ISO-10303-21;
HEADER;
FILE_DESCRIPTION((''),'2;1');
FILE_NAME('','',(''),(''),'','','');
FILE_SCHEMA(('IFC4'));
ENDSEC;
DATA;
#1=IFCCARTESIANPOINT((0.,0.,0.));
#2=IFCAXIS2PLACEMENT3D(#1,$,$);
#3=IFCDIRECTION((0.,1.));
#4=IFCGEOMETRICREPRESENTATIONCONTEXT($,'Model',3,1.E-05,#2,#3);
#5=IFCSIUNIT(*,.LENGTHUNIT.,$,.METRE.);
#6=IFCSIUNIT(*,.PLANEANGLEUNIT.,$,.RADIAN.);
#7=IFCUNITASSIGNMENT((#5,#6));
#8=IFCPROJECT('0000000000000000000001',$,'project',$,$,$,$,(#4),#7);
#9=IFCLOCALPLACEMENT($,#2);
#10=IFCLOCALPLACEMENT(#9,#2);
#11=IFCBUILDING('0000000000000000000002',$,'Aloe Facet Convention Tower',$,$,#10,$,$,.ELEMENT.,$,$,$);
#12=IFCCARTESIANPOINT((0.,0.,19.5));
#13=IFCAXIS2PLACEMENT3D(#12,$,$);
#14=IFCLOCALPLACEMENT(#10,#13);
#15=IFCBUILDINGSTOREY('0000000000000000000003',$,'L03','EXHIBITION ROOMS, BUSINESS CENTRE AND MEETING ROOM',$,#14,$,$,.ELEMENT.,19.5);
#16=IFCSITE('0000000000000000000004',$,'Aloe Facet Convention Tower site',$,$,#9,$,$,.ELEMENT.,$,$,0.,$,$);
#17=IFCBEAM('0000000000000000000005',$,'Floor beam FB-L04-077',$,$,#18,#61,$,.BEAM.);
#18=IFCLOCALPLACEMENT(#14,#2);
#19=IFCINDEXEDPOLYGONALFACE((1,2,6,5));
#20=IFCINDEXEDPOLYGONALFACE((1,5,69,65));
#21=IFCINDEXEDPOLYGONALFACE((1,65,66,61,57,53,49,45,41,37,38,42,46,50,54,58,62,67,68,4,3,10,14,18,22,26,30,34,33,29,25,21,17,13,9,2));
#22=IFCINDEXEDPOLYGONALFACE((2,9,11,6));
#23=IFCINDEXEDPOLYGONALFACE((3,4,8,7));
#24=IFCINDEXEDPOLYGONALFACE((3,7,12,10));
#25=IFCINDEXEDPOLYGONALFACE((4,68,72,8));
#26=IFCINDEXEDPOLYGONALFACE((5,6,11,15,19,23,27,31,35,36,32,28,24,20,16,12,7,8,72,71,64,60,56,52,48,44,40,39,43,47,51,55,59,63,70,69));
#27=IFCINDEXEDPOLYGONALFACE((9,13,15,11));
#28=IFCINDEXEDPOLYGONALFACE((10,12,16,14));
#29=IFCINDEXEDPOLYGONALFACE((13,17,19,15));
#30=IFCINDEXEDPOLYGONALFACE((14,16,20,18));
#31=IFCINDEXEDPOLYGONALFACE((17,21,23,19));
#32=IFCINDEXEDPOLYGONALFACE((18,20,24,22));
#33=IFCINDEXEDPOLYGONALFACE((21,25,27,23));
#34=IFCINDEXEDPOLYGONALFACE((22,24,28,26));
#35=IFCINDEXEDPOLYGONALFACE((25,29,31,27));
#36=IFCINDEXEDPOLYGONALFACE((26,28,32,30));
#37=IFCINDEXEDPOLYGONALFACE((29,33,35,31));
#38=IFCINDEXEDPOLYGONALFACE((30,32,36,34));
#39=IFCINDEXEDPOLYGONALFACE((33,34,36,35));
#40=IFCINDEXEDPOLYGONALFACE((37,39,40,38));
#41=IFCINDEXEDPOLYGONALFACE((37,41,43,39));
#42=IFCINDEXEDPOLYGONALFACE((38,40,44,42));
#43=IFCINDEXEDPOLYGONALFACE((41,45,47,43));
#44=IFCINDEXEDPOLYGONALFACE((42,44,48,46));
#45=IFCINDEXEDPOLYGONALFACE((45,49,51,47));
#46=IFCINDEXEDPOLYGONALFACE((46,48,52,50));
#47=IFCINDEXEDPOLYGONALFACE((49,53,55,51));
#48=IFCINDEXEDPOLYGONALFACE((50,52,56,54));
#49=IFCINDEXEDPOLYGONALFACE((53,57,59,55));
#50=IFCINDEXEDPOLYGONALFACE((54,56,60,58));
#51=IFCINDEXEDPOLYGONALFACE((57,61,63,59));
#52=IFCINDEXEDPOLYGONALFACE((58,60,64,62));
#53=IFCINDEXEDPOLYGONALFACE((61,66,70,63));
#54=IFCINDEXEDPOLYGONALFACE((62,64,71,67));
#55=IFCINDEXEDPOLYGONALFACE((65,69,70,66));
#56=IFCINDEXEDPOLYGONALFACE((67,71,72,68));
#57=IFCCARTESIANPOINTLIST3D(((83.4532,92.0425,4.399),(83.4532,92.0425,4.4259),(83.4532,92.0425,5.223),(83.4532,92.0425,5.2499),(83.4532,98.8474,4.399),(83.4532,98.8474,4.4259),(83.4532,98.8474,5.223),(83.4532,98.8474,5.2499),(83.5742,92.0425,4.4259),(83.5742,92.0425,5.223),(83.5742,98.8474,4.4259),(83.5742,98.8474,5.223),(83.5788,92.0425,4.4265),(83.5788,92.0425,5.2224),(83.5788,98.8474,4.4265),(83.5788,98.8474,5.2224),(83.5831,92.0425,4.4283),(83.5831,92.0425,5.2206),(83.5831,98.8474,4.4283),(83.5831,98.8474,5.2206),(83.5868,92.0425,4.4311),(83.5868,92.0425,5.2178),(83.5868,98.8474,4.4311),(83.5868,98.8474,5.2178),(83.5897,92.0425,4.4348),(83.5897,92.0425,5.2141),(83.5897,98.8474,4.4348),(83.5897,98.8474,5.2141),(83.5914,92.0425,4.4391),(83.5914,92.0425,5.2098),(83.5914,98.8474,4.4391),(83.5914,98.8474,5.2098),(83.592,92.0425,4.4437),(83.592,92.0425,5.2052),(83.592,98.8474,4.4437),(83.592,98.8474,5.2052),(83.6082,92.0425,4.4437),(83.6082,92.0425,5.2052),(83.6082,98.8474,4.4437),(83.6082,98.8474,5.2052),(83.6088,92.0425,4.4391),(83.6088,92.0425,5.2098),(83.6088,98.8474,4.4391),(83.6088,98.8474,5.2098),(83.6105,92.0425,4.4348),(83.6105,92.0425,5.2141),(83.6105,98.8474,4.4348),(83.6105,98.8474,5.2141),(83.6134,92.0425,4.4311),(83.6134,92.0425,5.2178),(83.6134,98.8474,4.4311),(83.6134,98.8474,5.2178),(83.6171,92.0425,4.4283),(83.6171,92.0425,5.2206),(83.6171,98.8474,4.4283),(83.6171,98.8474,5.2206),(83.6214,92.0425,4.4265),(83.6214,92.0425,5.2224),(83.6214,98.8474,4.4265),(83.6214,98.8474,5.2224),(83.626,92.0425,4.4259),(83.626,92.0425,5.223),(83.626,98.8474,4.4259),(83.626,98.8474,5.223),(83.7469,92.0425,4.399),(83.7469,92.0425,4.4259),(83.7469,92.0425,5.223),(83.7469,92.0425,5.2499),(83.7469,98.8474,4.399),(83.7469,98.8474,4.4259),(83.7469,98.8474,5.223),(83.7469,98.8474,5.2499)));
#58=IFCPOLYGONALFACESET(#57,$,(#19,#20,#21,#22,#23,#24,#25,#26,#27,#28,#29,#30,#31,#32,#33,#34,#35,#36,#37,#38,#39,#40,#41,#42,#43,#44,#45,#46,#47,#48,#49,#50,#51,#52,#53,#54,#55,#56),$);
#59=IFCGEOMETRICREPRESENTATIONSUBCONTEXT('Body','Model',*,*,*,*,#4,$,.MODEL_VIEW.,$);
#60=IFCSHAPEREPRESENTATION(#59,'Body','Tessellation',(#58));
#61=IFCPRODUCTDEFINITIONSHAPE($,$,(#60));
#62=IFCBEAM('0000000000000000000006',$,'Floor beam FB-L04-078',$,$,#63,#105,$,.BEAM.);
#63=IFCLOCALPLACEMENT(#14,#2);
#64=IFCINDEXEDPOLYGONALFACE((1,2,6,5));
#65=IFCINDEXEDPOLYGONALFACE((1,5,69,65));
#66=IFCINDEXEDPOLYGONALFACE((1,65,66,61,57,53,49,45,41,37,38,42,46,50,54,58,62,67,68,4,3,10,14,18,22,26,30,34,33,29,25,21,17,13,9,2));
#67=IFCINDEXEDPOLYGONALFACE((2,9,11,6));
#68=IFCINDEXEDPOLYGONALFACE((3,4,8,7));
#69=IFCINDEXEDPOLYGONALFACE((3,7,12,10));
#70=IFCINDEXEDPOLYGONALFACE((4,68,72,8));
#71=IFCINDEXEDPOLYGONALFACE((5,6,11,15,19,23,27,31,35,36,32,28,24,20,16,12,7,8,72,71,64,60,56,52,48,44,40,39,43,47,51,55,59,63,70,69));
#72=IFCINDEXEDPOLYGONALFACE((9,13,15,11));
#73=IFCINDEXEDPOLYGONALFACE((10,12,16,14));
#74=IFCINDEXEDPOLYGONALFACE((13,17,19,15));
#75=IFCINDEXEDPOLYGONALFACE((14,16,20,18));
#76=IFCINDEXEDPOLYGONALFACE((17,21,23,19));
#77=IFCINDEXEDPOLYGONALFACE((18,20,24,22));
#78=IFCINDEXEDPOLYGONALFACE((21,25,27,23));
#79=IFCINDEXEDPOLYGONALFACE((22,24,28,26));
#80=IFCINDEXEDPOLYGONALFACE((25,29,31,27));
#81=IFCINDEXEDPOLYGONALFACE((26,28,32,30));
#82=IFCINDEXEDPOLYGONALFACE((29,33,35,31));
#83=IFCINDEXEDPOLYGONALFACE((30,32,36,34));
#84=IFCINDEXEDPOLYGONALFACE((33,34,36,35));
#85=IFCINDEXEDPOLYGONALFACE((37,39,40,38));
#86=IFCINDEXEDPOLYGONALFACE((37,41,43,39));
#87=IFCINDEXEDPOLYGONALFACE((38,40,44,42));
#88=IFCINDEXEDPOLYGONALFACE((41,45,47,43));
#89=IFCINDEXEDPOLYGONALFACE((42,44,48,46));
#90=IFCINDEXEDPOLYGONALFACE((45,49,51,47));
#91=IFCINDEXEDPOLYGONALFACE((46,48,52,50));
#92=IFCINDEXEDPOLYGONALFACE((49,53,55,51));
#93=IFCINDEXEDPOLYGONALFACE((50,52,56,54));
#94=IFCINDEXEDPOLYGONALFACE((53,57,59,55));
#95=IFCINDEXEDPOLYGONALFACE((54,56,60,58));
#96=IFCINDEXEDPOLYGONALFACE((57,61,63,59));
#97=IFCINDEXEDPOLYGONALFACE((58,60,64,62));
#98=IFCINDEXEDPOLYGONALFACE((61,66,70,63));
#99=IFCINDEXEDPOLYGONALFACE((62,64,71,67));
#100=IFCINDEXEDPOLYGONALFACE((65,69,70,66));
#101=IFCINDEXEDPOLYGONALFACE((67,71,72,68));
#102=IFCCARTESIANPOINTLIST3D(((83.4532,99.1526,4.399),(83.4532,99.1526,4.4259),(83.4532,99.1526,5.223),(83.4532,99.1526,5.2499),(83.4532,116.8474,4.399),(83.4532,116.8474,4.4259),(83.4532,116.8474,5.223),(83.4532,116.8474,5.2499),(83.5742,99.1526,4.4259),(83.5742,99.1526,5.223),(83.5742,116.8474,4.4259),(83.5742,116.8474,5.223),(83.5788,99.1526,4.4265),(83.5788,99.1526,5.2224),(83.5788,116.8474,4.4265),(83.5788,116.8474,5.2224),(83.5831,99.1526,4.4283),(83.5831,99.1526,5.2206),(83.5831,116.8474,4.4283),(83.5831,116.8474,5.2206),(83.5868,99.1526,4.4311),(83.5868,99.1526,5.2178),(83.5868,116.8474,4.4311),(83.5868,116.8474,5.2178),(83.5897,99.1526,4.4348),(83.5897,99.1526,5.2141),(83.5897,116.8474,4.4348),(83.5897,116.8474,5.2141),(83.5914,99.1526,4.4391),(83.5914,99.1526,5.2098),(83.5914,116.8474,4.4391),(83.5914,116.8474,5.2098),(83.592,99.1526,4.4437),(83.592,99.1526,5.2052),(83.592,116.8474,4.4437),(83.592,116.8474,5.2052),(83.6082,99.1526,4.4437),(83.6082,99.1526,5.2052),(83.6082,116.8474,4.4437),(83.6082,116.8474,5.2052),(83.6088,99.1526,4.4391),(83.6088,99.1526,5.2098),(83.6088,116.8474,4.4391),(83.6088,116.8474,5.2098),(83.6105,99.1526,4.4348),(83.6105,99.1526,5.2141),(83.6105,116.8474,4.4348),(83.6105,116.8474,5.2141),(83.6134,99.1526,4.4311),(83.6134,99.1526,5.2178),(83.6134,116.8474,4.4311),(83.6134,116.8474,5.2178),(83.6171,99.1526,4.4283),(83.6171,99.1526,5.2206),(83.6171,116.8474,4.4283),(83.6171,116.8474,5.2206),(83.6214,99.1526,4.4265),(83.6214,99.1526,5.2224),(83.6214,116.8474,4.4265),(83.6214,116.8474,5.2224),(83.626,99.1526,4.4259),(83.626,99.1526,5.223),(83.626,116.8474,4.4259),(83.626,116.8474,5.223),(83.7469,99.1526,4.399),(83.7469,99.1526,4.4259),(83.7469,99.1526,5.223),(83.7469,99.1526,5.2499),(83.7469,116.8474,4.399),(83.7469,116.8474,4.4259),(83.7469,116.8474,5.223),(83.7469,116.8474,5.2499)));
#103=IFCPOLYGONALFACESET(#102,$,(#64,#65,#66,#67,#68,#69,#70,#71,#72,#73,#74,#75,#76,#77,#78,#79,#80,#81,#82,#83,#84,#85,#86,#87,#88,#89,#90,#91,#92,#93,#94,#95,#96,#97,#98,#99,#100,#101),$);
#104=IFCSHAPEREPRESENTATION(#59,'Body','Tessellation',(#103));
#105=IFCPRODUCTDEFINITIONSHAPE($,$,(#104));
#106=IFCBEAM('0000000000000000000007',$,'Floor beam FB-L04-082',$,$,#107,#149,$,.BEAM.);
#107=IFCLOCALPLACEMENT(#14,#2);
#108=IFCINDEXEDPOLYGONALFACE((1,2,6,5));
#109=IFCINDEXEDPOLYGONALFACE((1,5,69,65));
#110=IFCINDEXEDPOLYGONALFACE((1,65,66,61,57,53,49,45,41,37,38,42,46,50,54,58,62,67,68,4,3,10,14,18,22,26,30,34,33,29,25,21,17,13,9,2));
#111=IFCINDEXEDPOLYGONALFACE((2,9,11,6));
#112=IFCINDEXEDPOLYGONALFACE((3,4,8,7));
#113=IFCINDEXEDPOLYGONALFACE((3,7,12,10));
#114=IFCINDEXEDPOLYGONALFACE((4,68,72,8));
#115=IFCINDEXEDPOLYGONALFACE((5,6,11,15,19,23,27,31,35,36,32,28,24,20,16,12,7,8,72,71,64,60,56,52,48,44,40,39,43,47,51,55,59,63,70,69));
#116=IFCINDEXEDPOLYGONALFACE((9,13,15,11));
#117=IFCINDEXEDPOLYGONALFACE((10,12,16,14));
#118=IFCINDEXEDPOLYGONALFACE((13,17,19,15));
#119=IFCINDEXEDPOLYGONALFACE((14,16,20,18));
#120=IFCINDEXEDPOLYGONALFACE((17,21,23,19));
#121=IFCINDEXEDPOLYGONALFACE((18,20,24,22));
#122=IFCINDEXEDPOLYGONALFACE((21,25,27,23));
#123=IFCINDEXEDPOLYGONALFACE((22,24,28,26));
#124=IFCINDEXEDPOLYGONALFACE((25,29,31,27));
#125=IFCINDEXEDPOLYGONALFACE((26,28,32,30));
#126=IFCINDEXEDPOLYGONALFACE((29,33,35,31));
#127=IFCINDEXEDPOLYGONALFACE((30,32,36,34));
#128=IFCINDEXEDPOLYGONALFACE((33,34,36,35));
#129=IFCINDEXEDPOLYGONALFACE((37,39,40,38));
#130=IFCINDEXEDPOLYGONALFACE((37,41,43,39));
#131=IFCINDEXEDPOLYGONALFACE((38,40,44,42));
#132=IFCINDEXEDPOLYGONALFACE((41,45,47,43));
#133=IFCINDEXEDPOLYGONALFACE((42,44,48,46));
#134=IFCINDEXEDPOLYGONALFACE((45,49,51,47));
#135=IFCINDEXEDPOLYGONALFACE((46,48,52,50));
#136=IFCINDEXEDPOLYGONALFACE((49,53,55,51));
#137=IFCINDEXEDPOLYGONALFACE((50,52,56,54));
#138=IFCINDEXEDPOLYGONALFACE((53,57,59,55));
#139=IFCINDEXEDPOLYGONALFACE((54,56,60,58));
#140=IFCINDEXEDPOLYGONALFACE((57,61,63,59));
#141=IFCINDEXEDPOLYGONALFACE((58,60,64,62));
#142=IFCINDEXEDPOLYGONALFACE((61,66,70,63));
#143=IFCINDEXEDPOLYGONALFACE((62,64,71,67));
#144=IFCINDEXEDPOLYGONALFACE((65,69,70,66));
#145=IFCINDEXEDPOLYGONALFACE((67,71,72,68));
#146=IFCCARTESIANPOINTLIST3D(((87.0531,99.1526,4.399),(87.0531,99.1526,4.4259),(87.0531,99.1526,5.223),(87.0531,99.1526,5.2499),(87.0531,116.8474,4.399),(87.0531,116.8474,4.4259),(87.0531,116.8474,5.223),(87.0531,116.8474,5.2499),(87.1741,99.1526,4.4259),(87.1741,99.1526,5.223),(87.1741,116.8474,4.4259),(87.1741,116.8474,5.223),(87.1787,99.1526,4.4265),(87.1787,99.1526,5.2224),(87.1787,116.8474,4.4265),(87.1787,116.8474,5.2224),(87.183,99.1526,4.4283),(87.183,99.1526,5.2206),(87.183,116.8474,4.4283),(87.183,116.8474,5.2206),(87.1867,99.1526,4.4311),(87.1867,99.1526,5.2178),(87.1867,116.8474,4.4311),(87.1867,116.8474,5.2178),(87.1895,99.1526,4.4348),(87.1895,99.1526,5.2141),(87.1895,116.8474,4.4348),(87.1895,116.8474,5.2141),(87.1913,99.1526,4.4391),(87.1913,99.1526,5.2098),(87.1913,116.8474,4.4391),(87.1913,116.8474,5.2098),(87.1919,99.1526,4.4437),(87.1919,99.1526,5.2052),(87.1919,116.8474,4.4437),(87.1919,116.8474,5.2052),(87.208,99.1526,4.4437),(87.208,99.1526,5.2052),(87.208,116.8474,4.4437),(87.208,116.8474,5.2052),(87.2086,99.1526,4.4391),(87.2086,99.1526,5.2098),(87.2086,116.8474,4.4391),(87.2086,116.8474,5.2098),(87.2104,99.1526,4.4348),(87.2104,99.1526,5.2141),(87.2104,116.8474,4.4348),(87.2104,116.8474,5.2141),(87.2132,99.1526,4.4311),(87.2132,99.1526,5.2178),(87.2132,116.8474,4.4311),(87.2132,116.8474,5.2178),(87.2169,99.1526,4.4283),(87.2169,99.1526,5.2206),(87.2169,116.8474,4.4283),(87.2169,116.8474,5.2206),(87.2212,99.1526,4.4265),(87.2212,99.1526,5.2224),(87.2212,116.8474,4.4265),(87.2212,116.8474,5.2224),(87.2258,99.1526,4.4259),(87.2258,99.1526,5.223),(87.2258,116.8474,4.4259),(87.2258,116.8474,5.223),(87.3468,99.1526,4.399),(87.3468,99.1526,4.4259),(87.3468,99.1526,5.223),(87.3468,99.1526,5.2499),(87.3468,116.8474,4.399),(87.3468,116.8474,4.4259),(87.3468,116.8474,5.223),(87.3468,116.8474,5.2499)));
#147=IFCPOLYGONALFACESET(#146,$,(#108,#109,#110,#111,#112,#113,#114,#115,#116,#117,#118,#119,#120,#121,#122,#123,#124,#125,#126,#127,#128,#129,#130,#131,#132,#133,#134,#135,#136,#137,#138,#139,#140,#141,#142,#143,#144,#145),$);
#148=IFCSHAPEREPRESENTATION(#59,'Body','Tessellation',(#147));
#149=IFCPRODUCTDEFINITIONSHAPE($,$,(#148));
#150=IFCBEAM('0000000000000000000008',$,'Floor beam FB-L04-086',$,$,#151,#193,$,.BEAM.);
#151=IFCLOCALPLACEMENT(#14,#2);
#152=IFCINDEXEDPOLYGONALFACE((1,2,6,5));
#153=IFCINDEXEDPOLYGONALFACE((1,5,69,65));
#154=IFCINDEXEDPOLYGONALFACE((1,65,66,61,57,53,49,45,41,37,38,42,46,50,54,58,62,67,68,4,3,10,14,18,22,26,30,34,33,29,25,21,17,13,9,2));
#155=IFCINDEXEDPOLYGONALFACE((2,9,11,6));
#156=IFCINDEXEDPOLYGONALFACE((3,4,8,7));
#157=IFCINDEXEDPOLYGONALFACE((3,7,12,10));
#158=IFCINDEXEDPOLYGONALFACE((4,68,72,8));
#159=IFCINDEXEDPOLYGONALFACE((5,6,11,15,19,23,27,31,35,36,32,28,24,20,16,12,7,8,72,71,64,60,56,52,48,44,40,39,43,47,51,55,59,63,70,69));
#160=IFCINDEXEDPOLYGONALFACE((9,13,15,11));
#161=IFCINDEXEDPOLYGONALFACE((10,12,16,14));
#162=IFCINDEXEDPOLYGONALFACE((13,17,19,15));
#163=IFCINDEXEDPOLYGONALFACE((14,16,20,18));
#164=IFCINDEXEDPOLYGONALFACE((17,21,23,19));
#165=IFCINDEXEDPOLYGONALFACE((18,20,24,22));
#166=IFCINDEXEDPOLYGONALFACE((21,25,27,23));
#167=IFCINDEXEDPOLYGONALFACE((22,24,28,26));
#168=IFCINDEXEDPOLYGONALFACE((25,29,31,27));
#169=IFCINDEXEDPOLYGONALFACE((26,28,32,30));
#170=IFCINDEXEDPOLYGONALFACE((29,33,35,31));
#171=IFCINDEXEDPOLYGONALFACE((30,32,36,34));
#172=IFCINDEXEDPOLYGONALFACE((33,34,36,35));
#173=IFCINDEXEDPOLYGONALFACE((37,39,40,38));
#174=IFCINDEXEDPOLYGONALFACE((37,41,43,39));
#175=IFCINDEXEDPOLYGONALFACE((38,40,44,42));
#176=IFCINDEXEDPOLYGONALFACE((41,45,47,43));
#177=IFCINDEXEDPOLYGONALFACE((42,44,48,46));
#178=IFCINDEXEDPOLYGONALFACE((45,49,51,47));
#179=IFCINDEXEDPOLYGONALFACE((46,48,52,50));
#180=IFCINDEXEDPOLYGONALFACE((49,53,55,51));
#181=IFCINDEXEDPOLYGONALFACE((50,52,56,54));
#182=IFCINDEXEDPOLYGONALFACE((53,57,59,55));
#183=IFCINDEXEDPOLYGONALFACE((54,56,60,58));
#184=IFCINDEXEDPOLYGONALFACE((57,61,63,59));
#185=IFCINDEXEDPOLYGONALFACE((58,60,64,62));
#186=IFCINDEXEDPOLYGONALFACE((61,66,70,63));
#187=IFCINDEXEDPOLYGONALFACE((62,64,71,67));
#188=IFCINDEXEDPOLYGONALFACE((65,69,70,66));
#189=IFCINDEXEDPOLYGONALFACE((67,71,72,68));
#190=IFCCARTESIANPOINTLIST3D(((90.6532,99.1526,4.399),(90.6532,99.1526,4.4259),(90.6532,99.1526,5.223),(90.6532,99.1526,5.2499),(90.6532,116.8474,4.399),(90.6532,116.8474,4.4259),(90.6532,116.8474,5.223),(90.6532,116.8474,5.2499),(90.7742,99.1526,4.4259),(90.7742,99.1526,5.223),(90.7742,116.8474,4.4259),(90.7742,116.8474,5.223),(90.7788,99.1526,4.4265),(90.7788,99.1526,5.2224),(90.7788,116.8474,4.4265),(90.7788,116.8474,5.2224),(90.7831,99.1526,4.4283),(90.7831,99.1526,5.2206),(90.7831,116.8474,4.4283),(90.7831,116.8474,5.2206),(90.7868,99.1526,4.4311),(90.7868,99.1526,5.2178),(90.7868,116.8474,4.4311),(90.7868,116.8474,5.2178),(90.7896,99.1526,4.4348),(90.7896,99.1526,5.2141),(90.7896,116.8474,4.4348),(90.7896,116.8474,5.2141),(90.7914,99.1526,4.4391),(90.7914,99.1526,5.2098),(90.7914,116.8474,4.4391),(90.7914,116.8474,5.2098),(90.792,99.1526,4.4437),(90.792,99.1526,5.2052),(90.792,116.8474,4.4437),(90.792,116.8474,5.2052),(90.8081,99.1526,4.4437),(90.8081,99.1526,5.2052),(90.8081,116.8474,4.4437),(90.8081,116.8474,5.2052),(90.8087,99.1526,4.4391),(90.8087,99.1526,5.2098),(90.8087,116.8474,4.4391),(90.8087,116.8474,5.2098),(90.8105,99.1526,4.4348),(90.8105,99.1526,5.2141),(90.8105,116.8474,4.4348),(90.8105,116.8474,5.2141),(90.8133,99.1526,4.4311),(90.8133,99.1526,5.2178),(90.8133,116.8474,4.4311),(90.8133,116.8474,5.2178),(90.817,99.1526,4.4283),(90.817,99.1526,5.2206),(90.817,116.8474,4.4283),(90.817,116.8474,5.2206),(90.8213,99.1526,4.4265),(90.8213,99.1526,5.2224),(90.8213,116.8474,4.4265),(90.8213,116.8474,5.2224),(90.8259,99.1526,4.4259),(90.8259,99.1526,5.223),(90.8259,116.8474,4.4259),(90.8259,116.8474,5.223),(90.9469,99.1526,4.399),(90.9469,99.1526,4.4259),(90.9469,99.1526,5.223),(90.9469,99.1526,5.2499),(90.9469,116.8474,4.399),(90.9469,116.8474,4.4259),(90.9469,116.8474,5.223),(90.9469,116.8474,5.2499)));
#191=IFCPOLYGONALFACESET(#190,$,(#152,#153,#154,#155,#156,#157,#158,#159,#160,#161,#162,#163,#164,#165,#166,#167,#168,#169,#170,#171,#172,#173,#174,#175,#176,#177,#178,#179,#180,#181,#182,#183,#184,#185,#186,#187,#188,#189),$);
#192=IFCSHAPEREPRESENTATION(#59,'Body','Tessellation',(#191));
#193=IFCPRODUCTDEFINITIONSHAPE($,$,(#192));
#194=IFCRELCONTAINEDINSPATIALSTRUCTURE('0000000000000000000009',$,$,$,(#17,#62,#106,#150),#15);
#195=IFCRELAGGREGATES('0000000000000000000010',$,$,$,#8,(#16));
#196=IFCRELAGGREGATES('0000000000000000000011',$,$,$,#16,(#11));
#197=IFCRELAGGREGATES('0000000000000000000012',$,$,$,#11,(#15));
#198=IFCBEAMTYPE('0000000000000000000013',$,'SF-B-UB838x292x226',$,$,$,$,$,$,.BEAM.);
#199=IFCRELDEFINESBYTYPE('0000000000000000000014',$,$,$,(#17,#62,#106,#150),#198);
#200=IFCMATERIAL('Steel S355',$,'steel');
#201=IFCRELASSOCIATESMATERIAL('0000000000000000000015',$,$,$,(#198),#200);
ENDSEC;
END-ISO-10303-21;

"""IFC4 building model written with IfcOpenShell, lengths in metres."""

from ifc_helpers import new_model, si_unit, direction, frame, origin, origin_2d, place, context, subcontext, project, spatial, i_section, extrude, material, material_profile, profile_set, type_object, element, save


model = new_model("IFC4")

# Units and contexts
model_context = context("Model", 3, precision=1e-05, world=origin(), true_north=direction((0.0, 1.0)))
body_context = subcontext(model_context, "Body", "Model", "MODEL_VIEW")
ifc_project = project(units=[si_unit("LENGTHUNIT", "METRE"), si_unit("PLANEANGLEUNIT", "RADIAN")], contexts=[model_context])

# Site, building, storey
site_placement = place(None, origin())
site = spatial("IfcSite", under=ifc_project, at=site_placement, Name="Aloe Facet Convention Tower site", CompositionType="ELEMENT", RefElevation=0.0)
building_placement = place(site_placement, origin())
building = spatial("IfcBuilding", under=site, at=building_placement, Name="Aloe Facet Convention Tower", CompositionType="ELEMENT")
storey_placement = place(building_placement, frame((0.0, 0.0, 19.5)))
storey = spatial("IfcBuildingStorey", under=building, at=storey_placement, Name="L03", Description="EXHIBITION ROOMS, BUSINESS CENTRE AND MEETING ROOM", CompositionType="ELEMENT", Elevation=19.5)

# Beams
ifc_material_1 = material(Name="Steel S355", Category="steel")
ifc_material_profile_1 = material_profile(ifc_material_1, i_section(OverallWidth=0.2937, OverallDepth=0.8508, WebThickness=0.0161, FlangeThickness=0.0269, FilletRadius=0.0178, at=origin_2d()), Name="UB 838x292x226")
ifc_profile_set_1 = profile_set([ifc_material_profile_1], Name="Steel S355")
beam_type_1 = type_object("IfcBeamType", Name="SF-B-UB838x292x226", PredefinedType="BEAM", material=ifc_profile_set_1)
beam_1_placement = place(storey_placement, frame((83.6001, 92.0425, 4.8245), z_axis=(0.0, 1.0, 0.0), x_axis=(-1.0, 0.0, 0.0)))
element("IfcBeam", 1, at=beam_1_placement, inside=storey, type_object=beam_type_1, Name="Floor beam FB-L04-077", PredefinedType="BEAM", context=body_context, shape_type="SweptSolid", body=[
    extrude(i_section(OverallWidth=0.2937, OverallDepth=0.8508, WebThickness=0.0161, FlangeThickness=0.0269, FilletRadius=0.0178, at=origin_2d()), origin(), (0.0, 0.0, 1.0), 6.8049),
])
for number, where, z_axis, x_axis, name in (
    (2, (83.6001, 99.1526, 4.8245), (0.0, 1.0, 0.0), (-1.0, 0.0, 0.0), "Floor beam FB-L04-078"),
    (3, (87.2, 99.1526, 4.8245), (0.0, 1.0, 0.0), (-1.0, 0.0, 0.0), "Floor beam FB-L04-082"),
    (4, (90.8, 99.1526, 4.8245), (0.0, 1.0, 0.0), (-1.0, 0.0, 0.0), "Floor beam FB-L04-086"),
):
    element("IfcBeam", number, at=place(storey_placement, frame(where, z_axis=z_axis, x_axis=x_axis)), inside=storey, type_object=beam_type_1, Name=name, PredefinedType="BEAM", context=body_context, shape_type="SweptSolid", body=[
        extrude(i_section(OverallWidth=0.2937, OverallDepth=0.8508, WebThickness=0.0161, FlangeThickness=0.0269, FilletRadius=0.0178, at=origin_2d()), origin(), (0.0, 0.0, 1.0), 17.6948),
    ])

save(model, "model.ifc")
